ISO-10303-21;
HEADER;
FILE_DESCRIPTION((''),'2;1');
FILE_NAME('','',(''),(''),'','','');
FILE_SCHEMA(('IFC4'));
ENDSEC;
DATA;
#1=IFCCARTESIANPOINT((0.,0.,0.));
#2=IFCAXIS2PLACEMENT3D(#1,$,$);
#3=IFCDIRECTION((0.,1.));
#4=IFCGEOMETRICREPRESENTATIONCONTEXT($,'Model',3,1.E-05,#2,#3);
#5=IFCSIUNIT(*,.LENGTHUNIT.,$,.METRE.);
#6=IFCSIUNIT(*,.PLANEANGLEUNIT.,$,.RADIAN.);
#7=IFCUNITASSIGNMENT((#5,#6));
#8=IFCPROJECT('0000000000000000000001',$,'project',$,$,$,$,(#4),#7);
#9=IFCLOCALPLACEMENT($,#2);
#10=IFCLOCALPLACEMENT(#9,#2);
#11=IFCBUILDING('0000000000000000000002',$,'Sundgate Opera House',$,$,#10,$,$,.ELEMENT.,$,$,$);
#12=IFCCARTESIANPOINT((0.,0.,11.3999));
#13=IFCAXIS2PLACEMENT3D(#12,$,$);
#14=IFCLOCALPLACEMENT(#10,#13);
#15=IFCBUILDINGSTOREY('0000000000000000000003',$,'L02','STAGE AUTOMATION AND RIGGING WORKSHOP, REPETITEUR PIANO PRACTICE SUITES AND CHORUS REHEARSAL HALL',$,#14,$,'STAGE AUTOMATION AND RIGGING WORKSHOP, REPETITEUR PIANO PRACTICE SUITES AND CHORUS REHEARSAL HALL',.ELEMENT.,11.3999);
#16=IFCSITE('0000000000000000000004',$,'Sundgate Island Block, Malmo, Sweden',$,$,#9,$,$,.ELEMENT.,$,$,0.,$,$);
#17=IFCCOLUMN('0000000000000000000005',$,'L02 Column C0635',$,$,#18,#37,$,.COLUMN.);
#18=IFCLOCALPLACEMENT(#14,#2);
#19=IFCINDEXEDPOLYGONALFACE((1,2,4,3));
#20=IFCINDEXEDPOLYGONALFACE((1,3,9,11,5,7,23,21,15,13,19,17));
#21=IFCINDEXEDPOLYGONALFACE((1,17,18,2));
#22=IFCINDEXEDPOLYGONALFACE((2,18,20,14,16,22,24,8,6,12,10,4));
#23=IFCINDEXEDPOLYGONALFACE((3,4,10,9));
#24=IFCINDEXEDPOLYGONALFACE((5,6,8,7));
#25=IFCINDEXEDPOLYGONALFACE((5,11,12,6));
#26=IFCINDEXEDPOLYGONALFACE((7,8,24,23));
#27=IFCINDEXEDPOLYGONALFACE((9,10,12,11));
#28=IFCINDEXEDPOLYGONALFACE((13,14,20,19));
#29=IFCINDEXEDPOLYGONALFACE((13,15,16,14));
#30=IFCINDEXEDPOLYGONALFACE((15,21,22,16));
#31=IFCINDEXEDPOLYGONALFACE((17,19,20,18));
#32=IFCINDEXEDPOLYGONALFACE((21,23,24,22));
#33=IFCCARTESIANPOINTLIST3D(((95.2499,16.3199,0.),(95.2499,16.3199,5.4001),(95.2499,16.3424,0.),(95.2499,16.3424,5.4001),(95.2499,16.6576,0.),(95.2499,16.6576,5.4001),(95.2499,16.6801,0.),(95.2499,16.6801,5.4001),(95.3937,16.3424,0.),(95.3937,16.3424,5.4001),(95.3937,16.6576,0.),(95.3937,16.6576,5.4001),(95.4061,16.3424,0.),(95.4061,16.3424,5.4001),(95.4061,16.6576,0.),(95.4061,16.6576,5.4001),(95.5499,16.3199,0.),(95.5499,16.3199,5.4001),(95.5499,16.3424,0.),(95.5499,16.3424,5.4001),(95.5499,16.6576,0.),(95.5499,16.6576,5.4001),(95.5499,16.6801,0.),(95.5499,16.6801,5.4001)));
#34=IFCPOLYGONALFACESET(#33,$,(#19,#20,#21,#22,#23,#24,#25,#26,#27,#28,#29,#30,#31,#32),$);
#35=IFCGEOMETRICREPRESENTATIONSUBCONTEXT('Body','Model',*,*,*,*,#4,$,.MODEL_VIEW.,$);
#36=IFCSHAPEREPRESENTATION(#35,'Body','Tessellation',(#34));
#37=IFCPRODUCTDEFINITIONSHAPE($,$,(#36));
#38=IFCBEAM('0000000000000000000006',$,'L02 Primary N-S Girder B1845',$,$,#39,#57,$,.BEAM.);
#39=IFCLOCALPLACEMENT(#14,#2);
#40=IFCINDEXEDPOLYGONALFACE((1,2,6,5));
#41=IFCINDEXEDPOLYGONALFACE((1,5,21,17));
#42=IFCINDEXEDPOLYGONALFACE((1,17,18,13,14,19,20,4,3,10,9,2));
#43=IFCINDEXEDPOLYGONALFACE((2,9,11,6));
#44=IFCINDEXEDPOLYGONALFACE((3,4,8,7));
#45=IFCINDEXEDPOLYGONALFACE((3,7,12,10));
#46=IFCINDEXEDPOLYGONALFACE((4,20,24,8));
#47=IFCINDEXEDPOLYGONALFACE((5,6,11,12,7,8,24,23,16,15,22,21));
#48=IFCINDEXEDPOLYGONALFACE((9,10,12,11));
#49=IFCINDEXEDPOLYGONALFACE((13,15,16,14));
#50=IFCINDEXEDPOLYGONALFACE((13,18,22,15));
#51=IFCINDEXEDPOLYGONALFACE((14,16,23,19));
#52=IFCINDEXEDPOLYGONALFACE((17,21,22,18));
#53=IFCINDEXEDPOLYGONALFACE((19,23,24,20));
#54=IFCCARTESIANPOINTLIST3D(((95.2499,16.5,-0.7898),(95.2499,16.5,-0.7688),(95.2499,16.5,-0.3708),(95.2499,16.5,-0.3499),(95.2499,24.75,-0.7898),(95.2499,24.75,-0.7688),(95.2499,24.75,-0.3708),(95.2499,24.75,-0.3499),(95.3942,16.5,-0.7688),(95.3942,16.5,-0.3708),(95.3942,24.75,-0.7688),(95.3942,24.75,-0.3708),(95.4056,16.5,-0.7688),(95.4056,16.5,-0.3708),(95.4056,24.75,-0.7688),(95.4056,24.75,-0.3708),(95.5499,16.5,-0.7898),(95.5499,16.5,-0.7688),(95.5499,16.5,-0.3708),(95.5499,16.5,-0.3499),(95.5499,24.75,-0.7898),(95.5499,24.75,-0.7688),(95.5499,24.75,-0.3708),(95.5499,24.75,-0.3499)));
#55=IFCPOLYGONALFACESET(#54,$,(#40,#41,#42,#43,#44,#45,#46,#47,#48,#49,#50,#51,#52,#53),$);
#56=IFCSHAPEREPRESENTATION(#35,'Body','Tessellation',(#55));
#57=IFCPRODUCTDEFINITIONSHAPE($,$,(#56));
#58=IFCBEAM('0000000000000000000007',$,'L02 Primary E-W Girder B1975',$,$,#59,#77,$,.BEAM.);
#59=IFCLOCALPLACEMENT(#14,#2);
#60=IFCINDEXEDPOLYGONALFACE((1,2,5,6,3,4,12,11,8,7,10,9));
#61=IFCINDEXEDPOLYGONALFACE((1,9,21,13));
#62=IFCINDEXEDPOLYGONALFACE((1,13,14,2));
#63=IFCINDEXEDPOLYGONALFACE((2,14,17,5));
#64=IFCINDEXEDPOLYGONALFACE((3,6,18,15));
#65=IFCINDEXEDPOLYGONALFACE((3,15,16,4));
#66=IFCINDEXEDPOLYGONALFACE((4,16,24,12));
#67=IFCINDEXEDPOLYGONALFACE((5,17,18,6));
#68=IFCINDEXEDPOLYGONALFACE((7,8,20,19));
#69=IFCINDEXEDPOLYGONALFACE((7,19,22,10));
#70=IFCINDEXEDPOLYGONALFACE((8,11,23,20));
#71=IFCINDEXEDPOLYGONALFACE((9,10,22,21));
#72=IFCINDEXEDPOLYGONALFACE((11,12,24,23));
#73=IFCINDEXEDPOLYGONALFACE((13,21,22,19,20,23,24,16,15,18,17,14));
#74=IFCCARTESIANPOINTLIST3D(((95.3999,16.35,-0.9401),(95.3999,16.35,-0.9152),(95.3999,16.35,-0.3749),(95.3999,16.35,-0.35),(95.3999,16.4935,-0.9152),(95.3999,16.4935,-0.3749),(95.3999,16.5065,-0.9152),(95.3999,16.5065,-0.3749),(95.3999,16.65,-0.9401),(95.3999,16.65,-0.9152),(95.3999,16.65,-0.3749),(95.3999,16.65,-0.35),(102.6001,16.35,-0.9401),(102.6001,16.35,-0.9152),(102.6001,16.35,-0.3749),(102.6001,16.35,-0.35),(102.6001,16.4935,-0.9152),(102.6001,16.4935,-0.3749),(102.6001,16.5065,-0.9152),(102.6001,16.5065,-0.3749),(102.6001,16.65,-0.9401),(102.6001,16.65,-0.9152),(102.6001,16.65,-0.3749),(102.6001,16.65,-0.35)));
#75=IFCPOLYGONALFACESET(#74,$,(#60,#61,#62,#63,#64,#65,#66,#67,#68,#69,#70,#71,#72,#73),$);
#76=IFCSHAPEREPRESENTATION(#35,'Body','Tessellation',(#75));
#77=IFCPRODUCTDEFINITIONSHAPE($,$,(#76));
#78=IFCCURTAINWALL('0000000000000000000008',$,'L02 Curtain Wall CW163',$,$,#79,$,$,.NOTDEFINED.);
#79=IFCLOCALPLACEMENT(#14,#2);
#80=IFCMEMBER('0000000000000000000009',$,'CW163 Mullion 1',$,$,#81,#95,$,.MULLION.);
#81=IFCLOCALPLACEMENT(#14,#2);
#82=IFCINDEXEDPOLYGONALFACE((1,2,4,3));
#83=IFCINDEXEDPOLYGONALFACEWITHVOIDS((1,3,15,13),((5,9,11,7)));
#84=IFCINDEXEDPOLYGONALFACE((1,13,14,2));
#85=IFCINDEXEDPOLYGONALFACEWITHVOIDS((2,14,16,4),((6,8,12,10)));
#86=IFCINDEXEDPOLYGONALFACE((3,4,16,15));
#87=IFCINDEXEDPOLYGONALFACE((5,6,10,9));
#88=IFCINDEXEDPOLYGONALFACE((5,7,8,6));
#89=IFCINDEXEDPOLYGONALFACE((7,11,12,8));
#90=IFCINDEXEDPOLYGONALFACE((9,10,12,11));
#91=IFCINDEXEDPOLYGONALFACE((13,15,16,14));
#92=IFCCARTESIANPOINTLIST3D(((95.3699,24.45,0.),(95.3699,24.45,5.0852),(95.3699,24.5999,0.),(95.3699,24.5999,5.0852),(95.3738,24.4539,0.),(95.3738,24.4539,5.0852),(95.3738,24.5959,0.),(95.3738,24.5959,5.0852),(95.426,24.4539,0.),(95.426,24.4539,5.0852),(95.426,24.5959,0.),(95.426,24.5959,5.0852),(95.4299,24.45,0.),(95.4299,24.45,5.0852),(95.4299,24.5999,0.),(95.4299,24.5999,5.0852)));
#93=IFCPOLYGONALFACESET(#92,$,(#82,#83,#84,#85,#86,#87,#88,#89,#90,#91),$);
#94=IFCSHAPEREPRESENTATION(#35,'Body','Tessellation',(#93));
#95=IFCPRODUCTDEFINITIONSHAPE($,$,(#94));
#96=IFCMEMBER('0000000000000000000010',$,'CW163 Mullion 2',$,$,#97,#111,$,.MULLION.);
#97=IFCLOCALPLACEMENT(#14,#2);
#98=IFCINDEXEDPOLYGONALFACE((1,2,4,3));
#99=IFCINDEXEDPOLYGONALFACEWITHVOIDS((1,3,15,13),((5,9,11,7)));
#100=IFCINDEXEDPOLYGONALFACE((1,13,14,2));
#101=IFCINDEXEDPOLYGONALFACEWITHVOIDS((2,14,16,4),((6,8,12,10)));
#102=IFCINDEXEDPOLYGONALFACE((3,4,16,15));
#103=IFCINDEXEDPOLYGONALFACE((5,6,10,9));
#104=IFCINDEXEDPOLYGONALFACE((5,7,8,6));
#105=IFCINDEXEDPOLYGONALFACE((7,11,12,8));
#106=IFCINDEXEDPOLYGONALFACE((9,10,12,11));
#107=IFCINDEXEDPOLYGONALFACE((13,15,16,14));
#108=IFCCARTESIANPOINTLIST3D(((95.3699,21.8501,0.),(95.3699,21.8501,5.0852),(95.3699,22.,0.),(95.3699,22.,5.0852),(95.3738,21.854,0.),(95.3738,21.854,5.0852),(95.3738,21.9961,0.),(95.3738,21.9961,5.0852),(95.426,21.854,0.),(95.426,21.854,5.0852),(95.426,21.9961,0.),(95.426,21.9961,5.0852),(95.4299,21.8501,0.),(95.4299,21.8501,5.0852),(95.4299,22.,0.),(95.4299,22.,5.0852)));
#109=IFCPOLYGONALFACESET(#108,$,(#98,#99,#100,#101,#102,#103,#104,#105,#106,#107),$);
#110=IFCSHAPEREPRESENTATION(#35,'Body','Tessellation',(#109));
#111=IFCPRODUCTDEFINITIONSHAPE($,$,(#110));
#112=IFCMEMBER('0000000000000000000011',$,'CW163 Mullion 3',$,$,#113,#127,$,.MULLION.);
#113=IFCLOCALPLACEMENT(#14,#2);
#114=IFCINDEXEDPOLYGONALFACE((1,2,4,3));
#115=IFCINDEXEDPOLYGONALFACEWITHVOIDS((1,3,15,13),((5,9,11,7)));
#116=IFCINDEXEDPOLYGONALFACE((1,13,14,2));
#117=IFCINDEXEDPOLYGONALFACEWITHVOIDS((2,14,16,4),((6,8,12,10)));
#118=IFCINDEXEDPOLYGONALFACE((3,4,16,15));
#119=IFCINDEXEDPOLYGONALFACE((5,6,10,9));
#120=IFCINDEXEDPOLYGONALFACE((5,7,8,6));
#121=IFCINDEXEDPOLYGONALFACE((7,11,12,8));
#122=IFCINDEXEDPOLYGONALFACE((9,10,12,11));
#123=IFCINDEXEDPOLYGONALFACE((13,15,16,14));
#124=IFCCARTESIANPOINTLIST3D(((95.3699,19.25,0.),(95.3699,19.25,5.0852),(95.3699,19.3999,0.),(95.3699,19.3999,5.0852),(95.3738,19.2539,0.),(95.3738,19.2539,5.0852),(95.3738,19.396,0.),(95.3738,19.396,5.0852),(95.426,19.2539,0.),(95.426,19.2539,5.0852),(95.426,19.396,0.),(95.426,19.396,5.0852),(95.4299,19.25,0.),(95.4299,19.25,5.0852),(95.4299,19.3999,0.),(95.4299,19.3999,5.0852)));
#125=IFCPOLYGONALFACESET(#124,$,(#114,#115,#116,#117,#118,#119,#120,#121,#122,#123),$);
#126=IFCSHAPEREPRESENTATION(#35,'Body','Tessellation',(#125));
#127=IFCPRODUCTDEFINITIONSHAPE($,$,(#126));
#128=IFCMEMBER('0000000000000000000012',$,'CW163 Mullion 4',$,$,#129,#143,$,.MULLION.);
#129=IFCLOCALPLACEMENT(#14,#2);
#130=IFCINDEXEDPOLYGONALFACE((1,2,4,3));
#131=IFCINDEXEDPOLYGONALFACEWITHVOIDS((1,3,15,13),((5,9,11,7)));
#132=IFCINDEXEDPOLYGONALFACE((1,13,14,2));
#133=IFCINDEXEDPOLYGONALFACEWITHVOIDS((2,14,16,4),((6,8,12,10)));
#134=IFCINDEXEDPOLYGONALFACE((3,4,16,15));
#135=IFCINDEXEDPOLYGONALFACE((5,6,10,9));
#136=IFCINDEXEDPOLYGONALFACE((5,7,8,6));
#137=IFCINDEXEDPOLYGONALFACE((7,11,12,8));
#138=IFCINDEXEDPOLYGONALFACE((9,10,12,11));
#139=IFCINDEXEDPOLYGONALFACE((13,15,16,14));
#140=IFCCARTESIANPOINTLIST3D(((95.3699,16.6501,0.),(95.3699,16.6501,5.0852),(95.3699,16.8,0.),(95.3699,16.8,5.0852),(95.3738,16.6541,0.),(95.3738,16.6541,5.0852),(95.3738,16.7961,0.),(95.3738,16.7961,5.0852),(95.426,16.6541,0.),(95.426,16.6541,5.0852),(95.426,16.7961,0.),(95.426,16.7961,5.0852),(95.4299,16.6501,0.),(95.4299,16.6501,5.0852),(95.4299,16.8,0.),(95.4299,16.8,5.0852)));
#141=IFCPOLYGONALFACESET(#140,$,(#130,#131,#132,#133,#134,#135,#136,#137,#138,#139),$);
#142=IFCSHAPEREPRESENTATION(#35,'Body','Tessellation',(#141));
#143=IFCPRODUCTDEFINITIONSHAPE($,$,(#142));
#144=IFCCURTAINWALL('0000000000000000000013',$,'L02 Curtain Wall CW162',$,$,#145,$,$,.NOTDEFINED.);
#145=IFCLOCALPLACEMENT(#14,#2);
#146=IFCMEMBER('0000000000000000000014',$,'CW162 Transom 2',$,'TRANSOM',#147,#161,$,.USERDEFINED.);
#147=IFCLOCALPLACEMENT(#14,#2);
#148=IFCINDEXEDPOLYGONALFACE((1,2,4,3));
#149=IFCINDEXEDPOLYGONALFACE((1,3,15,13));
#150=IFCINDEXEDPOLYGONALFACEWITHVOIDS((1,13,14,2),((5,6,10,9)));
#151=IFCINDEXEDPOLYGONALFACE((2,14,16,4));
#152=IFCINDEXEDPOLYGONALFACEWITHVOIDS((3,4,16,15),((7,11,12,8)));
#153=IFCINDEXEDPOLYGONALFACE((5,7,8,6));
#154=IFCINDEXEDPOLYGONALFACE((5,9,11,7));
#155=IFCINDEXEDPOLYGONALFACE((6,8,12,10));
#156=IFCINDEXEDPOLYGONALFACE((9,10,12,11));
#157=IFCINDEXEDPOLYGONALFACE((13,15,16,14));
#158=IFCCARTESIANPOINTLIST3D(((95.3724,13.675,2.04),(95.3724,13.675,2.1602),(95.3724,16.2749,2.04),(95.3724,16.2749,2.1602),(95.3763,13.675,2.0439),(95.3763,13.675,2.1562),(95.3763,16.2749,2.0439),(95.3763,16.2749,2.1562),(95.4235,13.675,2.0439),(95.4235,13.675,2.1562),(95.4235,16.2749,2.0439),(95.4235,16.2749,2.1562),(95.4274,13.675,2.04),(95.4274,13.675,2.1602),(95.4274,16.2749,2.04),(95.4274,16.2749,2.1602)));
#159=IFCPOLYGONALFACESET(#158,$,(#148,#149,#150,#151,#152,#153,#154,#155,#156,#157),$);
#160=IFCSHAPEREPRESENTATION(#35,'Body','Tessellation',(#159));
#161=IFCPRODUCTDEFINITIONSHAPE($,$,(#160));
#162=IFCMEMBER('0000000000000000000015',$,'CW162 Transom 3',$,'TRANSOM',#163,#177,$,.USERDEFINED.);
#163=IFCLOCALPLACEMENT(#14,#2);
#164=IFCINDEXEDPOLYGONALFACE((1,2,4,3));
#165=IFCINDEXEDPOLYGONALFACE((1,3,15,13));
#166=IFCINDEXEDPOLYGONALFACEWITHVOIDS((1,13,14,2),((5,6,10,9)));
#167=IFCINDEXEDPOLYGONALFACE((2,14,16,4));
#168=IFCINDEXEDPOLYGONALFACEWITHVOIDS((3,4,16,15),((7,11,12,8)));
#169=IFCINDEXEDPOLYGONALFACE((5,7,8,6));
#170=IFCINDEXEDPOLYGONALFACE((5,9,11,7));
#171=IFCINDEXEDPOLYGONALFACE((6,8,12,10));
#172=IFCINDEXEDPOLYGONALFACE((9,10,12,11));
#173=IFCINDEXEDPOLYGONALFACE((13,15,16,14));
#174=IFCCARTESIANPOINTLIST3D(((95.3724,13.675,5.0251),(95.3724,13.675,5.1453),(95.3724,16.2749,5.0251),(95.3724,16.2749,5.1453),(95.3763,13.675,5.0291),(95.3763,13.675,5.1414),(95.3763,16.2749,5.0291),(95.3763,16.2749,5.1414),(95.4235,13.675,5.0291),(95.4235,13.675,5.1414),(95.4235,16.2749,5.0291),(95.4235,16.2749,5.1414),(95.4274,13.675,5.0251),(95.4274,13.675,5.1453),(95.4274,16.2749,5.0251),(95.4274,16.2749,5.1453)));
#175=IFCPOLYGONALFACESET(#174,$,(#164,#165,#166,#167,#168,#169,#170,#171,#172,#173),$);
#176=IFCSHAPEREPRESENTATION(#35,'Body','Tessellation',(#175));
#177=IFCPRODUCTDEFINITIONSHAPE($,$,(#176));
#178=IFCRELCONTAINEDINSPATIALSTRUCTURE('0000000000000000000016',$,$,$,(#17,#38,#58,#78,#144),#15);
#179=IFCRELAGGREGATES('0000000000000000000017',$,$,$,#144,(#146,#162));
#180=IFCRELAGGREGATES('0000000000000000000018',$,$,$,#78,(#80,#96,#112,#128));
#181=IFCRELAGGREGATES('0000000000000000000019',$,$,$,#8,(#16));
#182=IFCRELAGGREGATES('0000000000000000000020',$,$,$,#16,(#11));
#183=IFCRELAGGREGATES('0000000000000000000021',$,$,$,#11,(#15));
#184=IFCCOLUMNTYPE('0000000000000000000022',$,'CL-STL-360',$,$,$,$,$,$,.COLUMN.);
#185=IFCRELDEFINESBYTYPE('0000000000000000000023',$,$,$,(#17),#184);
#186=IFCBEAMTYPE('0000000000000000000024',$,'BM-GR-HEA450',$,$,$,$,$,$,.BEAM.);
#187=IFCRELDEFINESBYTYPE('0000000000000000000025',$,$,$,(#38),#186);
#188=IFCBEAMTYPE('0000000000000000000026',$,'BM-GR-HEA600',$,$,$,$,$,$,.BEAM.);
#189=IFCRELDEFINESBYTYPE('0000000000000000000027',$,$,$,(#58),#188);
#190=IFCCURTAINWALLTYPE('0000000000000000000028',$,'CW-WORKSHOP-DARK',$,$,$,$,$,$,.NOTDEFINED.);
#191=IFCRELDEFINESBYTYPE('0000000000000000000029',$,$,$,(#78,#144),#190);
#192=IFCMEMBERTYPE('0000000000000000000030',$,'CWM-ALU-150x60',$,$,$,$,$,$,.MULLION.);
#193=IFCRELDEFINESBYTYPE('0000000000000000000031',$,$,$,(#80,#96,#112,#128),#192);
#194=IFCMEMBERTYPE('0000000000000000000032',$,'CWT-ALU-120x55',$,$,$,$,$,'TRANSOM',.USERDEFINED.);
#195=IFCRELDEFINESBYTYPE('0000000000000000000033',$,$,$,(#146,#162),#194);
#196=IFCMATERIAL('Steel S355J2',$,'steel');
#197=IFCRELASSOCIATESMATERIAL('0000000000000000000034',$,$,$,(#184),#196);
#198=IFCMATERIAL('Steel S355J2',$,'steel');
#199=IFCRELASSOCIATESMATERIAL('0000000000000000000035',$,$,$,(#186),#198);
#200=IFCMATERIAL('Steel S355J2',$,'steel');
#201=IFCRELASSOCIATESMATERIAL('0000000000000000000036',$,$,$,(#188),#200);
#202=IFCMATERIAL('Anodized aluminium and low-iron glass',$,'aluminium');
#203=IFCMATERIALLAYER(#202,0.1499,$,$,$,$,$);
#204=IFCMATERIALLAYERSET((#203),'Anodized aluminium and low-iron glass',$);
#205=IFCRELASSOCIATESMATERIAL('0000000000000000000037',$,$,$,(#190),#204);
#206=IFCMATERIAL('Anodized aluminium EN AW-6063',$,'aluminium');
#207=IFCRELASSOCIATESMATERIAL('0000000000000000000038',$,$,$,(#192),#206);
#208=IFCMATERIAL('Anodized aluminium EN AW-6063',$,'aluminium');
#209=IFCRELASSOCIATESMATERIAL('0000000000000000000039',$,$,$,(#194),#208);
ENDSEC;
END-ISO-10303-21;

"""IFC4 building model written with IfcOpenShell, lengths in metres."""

from ifc_helpers import new_model, si_unit, direction, frame, origin, origin_2d, place, context, subcontext, project, spatial, hollow_rectangle, i_section, extrude, material, layer, layer_set, material_profile, profile_set, type_object, element, aggregate, save


model = new_model("IFC4")

# Units and contexts
model_context = context("Model", 3, precision=1e-05, world=origin(), true_north=direction((0.0, 1.0)))
body_context = subcontext(model_context, "Body", "Model", "MODEL_VIEW")
ifc_project = project(units=[si_unit("LENGTHUNIT", "METRE"), si_unit("PLANEANGLEUNIT", "RADIAN")], contexts=[model_context])

# Site, building, storey
site_placement = place(None, origin())
site = spatial("IfcSite", under=ifc_project, at=site_placement, Name="Sundgate Island Block, Malmo, Sweden", CompositionType="ELEMENT", RefElevation=0.0)
building_placement = place(site_placement, origin())
building = spatial("IfcBuilding", under=site, at=building_placement, Name="Sundgate Opera House", CompositionType="ELEMENT")
storey_placement = place(building_placement, frame((0.0, 0.0, 11.3999)))
storey = spatial("IfcBuildingStorey", under=building, at=storey_placement, Name="L02", Description="STAGE AUTOMATION AND RIGGING WORKSHOP, REPETITEUR PIANO PRACTICE SUITES AND CHORUS REHEARSAL HALL", LongName="STAGE AUTOMATION AND RIGGING WORKSHOP, REPETITEUR PIANO PRACTICE SUITES AND CHORUS REHEARSAL HALL", CompositionType="ELEMENT", Elevation=11.3999)

# Column
ifc_material_1 = material(Name="Steel S355J2", Category="steel")
ifc_material_profile_1 = material_profile(ifc_material_1, i_section(OverallWidth=0.3, OverallDepth=0.3601, WebThickness=0.0125, FlangeThickness=0.0225, at=origin_2d()), Name="HEB 360")
ifc_profile_set_1 = profile_set([ifc_material_profile_1], Name="Steel S355J2")
column_type = type_object("IfcColumnType", Name="CL-STL-360", PredefinedType="COLUMN", material=ifc_profile_set_1)
column_placement = place(storey_placement, frame((95.3999, 16.5, 0.0), z_axis=(0.0, 0.0, 1.0), x_axis=(1.0, 0.0, 0.0)))
element("IfcColumn", 1, at=column_placement, inside=storey, type_object=column_type, Name="L02 Column C0635", PredefinedType="COLUMN", context=body_context, shape_type="SweptSolid", body=[
    extrude(i_section(OverallWidth=0.3, OverallDepth=0.3601, WebThickness=0.0125, FlangeThickness=0.0225, at=origin_2d()), origin(), (0.0, 0.0, 1.0), 5.4001),
])

# Beams
ifc_material_2 = material(Name="Steel S355J2", Category="steel")
ifc_material_profile_2 = material_profile(ifc_material_2, i_section(OverallWidth=0.3, OverallDepth=0.4399, WebThickness=0.0115, FlangeThickness=0.021, at=origin_2d()), Name="HEA 450")
ifc_profile_set_2 = profile_set([ifc_material_profile_2], Name="Steel S355J2")
beam_type_1 = type_object("IfcBeamType", Name="BM-GR-HEA450", PredefinedType="BEAM", material=ifc_profile_set_2)
beam_1_placement = place(storey_placement, frame((95.3999, 16.5, -0.5698), z_axis=(0.0, 1.0, 0.0), x_axis=(-1.0, 0.0, 0.0)))
element("IfcBeam", 2, at=beam_1_placement, inside=storey, type_object=beam_type_1, Name="L02 Primary N-S Girder B1845", PredefinedType="BEAM", context=body_context, shape_type="SweptSolid", body=[
    extrude(i_section(OverallWidth=0.3, OverallDepth=0.4399, WebThickness=0.0115, FlangeThickness=0.021, at=origin_2d()), origin(), (0.0, 0.0, 1.0), 8.25),
])
ifc_material_3 = material(Name="Steel S355J2", Category="steel")
ifc_material_profile_3 = material_profile(ifc_material_3, i_section(OverallWidth=0.3, OverallDepth=0.5901, WebThickness=0.0129, FlangeThickness=0.0249, at=origin_2d()), Name="HEA 600")
ifc_profile_set_3 = profile_set([ifc_material_profile_3], Name="Steel S355J2")
beam_type_2 = type_object("IfcBeamType", Name="BM-GR-HEA600", PredefinedType="BEAM", material=ifc_profile_set_3)
beam_2_placement = place(storey_placement, frame((95.3999, 16.5, -0.645), z_axis=(1.0, 0.0, 0.0), x_axis=(0.0, 1.0, 0.0)))
element("IfcBeam", 3, at=beam_2_placement, inside=storey, type_object=beam_type_2, Name="L02 Primary E-W Girder B1975", PredefinedType="BEAM", context=body_context, shape_type="SweptSolid", body=[
    extrude(i_section(OverallWidth=0.3, OverallDepth=0.5901, WebThickness=0.0129, FlangeThickness=0.0249, at=origin_2d()), origin(), (0.0, 0.0, 1.0), 7.2002),
])

# Curtain walls, members
ifc_material_4 = material(Name="Anodized aluminium and low-iron glass", Category="aluminium")
ifc_layer_1 = layer(ifc_material_4, 0.1499)
ifc_layer_set_1 = layer_set([ifc_layer_1], Name="Anodized aluminium and low-iron glass")
curtain_wall_type = type_object("IfcCurtainWallType", Name="CW-WORKSHOP-DARK", PredefinedType="NOTDEFINED", material=ifc_layer_set_1)
curtain_wall_1_placement = place(storey_placement, origin())
curtain_wall_1 = element("IfcCurtainWall", 4, at=curtain_wall_1_placement, inside=storey, type_object=curtain_wall_type, Name="L02 Curtain Wall CW163", PredefinedType="NOTDEFINED")
ifc_material_5 = material(Name="Anodized aluminium EN AW-6063", Category="aluminium")
ifc_material_profile_4 = material_profile(ifc_material_5, hollow_rectangle(XDim=0.0601, YDim=0.1499, WallThickness=0.0039, at=origin_2d()), Name="CWM 150x60x4")
ifc_profile_set_4 = profile_set([ifc_material_profile_4], Name="Anodized aluminium EN AW-6063")
member_type_1 = type_object("IfcMemberType", Name="CWM-ALU-150x60", PredefinedType="MULLION", material=ifc_profile_set_4)
member_1_placement = place(storey_placement, frame((95.3999, 24.5249, 0.0), z_axis=(0.0, 0.0, 1.0), x_axis=(1.0, 0.0, 0.0)))
member_1 = element("IfcMember", 5, at=member_1_placement, type_object=member_type_1, Name="CW163 Mullion 1", PredefinedType="MULLION", context=body_context, shape_type="SweptSolid", body=[
    extrude(hollow_rectangle(XDim=0.0601, YDim=0.1499, WallThickness=0.0039, at=origin_2d()), origin(), (0.0, 0.0, 1.0), 5.0852),
])
member_2_placement = place(storey_placement, frame((95.3999, 21.925, 0.0), z_axis=(0.0, 0.0, 1.0), x_axis=(1.0, 0.0, 0.0)))
member_2 = element("IfcMember", 6, at=member_2_placement, type_object=member_type_1, Name="CW163 Mullion 2", PredefinedType="MULLION", context=body_context, shape_type="SweptSolid", body=[
    extrude(hollow_rectangle(XDim=0.0601, YDim=0.1499, WallThickness=0.0039, at=origin_2d()), origin(), (0.0, 0.0, 1.0), 5.0852),
])
member_3_placement = place(storey_placement, frame((95.3999, 19.325, 0.0), z_axis=(0.0, 0.0, 1.0), x_axis=(1.0, 0.0, 0.0)))
member_3 = element("IfcMember", 7, at=member_3_placement, type_object=member_type_1, Name="CW163 Mullion 3", PredefinedType="MULLION", context=body_context, shape_type="SweptSolid", body=[
    extrude(hollow_rectangle(XDim=0.0601, YDim=0.1499, WallThickness=0.0039, at=origin_2d()), origin(), (0.0, 0.0, 1.0), 5.0852),
])
member_4_placement = place(storey_placement, frame((95.3999, 16.7251, 0.0), z_axis=(0.0, 0.0, 1.0), x_axis=(1.0, 0.0, 0.0)))
member_4 = element("IfcMember", 8, at=member_4_placement, type_object=member_type_1, Name="CW163 Mullion 4", PredefinedType="MULLION", context=body_context, shape_type="SweptSolid", body=[
    extrude(hollow_rectangle(XDim=0.0601, YDim=0.1499, WallThickness=0.0039, at=origin_2d()), origin(), (0.0, 0.0, 1.0), 5.0852),
])
curtain_wall_2_placement = place(storey_placement, origin())
curtain_wall_2 = element("IfcCurtainWall", 9, at=curtain_wall_2_placement, inside=storey, type_object=curtain_wall_type, Name="L02 Curtain Wall CW162", PredefinedType="NOTDEFINED")
ifc_material_6 = material(Name="Anodized aluminium EN AW-6063", Category="aluminium")
ifc_material_profile_5 = material_profile(ifc_material_6, hollow_rectangle(XDim=0.0549, YDim=0.1201, WallThickness=0.0039, at=origin_2d()), Name="CWT 120x55x4")
ifc_profile_set_5 = profile_set([ifc_material_profile_5], Name="Anodized aluminium EN AW-6063")
member_type_2 = type_object("IfcMemberType", Name="CWT-ALU-120x55", ElementType="TRANSOM", PredefinedType="USERDEFINED", material=ifc_profile_set_5)
member_5_placement = place(storey_placement, frame((95.3999, 16.2749, 2.1001), z_axis=(0.0, -1.0, 0.0), x_axis=(1.0, 0.0, 0.0)))
member_5 = element("IfcMember", 10, at=member_5_placement, type_object=member_type_2, Name="CW162 Transom 2", ObjectType="TRANSOM", PredefinedType="USERDEFINED", context=body_context, shape_type="SweptSolid", body=[
    extrude(hollow_rectangle(XDim=0.0549, YDim=0.1201, WallThickness=0.0039, at=origin_2d()), origin(), (0.0, 0.0, 1.0), 2.5999),
])
member_6_placement = place(storey_placement, frame((95.3999, 16.2749, 5.0852), z_axis=(0.0, -1.0, 0.0), x_axis=(1.0, 0.0, 0.0)))
member_6 = element("IfcMember", 11, at=member_6_placement, type_object=member_type_2, Name="CW162 Transom 3", ObjectType="TRANSOM", PredefinedType="USERDEFINED", context=body_context, shape_type="SweptSolid", body=[
    extrude(hollow_rectangle(XDim=0.0549, YDim=0.1201, WallThickness=0.0039, at=origin_2d()), origin(), (0.0, 0.0, 1.0), 2.5999),
])
aggregate(curtain_wall_2, [member_5, member_6])

aggregate(curtain_wall_1, [member_1, member_2, member_3, member_4])

save(model, "model.ifc")
